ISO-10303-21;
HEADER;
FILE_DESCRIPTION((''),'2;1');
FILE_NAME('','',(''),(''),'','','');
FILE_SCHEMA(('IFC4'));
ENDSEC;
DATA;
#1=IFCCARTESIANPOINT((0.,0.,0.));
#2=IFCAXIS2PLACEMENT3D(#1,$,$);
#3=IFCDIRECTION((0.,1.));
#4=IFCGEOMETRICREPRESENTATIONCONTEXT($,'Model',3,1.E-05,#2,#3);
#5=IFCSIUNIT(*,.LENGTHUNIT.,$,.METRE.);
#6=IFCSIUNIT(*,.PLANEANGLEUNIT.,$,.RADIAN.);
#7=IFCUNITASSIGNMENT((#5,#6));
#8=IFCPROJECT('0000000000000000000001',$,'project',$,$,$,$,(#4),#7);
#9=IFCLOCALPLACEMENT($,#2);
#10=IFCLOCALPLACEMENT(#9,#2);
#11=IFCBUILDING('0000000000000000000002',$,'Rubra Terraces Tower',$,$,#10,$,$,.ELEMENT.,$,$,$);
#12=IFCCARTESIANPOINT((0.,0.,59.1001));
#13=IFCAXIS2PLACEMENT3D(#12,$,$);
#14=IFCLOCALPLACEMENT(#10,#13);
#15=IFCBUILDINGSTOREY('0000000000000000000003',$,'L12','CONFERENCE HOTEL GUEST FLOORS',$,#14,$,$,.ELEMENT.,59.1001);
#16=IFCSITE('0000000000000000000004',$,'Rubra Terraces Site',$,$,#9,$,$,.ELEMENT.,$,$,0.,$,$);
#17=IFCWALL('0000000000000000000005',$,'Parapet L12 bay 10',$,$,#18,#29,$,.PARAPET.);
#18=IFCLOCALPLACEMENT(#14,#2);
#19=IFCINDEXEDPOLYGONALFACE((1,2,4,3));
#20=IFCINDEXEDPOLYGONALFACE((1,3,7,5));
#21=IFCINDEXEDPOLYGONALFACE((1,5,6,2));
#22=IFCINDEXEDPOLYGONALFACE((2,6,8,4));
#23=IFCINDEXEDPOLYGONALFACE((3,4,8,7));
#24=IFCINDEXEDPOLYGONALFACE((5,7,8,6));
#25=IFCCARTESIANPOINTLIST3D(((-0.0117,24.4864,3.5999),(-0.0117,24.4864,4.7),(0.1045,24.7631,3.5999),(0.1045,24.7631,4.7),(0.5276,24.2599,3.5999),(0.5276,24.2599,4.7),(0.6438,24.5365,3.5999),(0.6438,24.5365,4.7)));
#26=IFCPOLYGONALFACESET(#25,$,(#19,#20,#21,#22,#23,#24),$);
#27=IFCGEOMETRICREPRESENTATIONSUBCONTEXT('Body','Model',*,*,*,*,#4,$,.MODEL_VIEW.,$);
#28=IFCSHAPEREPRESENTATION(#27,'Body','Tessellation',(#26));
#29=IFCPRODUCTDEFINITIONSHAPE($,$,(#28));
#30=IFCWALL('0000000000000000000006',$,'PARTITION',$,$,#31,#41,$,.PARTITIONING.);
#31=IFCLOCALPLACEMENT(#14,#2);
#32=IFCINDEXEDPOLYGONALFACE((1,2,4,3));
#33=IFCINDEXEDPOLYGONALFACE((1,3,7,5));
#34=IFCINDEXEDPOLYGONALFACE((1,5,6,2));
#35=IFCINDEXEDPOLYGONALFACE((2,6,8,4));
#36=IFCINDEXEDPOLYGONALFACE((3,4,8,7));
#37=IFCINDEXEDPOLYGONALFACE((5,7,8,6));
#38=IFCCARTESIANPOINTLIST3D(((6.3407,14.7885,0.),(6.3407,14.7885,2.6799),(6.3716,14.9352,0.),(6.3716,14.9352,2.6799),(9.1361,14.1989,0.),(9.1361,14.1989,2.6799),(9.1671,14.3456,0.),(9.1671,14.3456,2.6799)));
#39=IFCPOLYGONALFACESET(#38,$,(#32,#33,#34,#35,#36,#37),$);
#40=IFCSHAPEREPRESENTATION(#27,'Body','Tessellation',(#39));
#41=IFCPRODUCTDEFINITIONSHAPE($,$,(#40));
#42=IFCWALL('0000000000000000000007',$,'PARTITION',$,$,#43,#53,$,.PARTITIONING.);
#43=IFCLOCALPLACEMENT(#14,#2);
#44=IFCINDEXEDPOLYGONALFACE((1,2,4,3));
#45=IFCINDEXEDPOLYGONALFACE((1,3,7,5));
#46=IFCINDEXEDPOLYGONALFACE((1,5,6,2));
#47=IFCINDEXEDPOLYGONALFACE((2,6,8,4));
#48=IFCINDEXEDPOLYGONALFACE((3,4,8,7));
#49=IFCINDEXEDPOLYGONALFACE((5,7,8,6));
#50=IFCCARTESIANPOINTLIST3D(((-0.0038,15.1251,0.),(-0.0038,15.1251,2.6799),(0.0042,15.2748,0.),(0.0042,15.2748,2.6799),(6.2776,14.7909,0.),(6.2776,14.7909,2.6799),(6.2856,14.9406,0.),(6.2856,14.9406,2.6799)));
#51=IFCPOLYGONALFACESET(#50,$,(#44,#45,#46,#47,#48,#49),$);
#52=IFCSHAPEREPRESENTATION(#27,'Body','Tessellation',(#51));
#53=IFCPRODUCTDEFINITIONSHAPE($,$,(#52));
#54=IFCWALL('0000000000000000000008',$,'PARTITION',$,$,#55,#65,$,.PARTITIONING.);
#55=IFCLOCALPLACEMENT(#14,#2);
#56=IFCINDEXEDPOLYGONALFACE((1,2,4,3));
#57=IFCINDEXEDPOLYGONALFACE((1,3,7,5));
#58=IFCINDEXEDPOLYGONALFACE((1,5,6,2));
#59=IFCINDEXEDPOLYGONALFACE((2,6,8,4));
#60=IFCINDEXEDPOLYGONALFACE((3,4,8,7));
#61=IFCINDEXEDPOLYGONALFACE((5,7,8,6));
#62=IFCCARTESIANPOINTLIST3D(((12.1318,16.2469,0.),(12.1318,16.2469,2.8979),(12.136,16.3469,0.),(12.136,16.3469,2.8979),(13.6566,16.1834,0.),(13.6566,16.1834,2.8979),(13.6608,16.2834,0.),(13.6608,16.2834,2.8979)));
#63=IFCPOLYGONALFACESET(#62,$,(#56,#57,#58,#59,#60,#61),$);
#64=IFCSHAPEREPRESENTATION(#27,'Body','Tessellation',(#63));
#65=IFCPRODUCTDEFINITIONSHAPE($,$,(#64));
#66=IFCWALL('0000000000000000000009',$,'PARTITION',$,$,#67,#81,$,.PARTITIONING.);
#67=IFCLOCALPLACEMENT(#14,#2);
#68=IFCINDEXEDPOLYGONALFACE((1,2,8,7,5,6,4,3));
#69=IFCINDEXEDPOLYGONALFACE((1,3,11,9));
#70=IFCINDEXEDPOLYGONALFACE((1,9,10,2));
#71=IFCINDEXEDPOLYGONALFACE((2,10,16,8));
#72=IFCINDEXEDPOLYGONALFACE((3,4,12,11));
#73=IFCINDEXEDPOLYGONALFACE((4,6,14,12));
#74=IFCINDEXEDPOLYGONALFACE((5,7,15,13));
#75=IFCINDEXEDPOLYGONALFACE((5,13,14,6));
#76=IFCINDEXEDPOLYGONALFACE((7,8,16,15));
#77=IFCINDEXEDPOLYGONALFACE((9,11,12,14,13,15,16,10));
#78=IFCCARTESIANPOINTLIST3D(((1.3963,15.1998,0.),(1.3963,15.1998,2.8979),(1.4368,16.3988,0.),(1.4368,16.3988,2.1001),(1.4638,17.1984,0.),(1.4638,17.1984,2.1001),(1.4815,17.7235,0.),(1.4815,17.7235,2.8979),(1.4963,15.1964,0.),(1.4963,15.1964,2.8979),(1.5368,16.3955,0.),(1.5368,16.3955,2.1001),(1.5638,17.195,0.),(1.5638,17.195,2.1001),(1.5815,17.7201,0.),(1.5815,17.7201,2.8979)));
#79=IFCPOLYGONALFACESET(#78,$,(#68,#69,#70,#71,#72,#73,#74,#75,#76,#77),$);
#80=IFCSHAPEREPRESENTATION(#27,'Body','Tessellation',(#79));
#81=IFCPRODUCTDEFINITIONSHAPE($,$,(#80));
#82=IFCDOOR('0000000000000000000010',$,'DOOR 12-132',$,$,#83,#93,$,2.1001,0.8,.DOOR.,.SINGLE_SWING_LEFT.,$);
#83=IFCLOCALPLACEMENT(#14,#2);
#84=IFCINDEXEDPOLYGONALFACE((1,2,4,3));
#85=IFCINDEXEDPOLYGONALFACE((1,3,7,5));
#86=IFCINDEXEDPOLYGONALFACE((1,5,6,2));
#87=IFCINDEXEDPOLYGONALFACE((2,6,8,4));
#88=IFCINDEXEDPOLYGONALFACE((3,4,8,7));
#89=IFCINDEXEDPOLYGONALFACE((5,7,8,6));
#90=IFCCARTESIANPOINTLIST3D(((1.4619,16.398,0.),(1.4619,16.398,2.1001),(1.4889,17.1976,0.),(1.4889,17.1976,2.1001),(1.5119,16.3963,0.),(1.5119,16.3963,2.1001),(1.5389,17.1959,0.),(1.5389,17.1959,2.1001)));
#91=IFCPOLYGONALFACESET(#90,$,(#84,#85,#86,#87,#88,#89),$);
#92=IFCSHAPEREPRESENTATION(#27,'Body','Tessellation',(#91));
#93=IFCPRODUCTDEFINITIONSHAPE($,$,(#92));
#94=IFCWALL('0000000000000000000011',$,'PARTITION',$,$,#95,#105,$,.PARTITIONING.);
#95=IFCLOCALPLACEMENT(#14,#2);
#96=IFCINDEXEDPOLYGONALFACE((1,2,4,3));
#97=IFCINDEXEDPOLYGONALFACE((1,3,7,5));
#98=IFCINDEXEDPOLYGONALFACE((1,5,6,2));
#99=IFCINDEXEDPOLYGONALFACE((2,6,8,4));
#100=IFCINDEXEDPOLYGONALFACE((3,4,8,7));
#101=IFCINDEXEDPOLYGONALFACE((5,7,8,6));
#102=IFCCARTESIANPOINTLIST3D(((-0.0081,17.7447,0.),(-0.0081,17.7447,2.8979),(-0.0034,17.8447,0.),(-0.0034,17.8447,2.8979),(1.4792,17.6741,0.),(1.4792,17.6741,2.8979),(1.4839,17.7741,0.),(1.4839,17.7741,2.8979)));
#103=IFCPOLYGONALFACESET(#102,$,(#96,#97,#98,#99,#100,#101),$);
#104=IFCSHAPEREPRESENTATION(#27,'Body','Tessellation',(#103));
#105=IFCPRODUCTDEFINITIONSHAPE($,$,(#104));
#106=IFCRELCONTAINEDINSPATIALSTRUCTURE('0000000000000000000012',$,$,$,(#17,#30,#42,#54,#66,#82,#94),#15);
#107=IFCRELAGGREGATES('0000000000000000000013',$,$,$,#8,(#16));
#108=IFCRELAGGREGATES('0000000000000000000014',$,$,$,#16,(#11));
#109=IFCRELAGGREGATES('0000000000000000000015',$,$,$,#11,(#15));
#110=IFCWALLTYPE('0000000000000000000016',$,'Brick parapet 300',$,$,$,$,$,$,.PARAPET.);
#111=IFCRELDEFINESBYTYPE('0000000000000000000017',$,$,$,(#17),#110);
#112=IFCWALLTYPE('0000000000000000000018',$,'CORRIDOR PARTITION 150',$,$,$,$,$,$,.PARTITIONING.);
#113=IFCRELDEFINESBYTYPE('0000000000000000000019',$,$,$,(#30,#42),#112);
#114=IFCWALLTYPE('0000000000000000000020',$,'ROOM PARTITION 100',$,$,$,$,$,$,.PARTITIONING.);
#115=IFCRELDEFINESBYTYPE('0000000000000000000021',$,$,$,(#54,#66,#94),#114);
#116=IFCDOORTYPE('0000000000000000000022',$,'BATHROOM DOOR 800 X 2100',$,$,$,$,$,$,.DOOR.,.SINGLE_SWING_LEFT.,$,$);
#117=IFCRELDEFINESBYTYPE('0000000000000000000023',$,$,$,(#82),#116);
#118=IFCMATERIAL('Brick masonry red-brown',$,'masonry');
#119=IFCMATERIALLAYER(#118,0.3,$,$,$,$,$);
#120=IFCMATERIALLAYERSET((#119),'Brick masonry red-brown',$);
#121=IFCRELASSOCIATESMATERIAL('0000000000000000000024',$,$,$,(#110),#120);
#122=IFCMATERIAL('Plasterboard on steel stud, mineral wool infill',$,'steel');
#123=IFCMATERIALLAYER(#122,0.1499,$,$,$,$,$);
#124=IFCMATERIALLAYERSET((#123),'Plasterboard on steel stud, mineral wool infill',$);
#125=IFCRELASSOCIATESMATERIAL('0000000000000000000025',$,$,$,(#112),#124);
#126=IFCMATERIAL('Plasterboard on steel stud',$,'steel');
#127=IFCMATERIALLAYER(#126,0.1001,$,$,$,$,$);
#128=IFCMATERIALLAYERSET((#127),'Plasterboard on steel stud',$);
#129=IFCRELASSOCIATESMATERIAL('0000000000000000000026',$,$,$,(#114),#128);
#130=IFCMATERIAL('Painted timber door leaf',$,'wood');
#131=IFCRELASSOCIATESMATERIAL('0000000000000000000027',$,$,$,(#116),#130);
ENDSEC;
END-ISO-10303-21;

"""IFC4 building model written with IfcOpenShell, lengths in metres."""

from ifc_helpers import new_model, si_unit, direction, frame, frame_2d, origin, place, context, subcontext, project, spatial, rectangle, extrude, material, layer, layer_set, type_object, element, fill, save


model = new_model("IFC4")

# Units and contexts
model_context = context("Model", 3, precision=1e-05, world=origin(), true_north=direction((0.0, 1.0)))
body_context = subcontext(model_context, "Body", "Model", "MODEL_VIEW")
ifc_project = project(units=[si_unit("LENGTHUNIT", "METRE"), si_unit("PLANEANGLEUNIT", "RADIAN")], contexts=[model_context])

# Site, building, storey
site_placement = place(None, origin())
site = spatial("IfcSite", under=ifc_project, at=site_placement, Name="Rubra Terraces Site", CompositionType="ELEMENT", RefElevation=0.0)
building_placement = place(site_placement, origin())
building = spatial("IfcBuilding", under=site, at=building_placement, Name="Rubra Terraces Tower", CompositionType="ELEMENT")
storey_placement = place(building_placement, frame((0.0, 0.0, 59.1001)))
storey = spatial("IfcBuildingStorey", under=building, at=storey_placement, Name="L12", Description="CONFERENCE HOTEL GUEST FLOORS", CompositionType="ELEMENT", Elevation=59.1001)

# Shared definitions
ifc_material_1 = material(Name="Brick masonry red-brown", Category="masonry")

# Walls
ifc_layer_1 = layer(ifc_material_1, 0.3)
ifc_layer_set_1 = layer_set([ifc_layer_1], Name="Brick masonry red-brown")
wall_type_1 = type_object("IfcWallType", Name="Brick parapet 300", PredefinedType="PARAPET", material=ifc_layer_set_1)
wall_1_placement = place(storey_placement, frame((0.5857, 24.3982, 3.5999), z_axis=(0.0, 0.0, 1.0), x_axis=(-0.921949, 0.387311, 0.0)))
element("IfcWall", 1, at=wall_1_placement, inside=storey, type_object=wall_type_1, Name="Parapet L12 bay 10", PredefinedType="PARAPET", context=body_context, shape_type="SweptSolid", body=[
    extrude(rectangle(XDim=0.585, YDim=0.3, at=frame_2d((0.2925, 0.0))), origin(), (0.0, 0.0, 1.0), 1.1001),
])
ifc_material_2 = material(Name="Plasterboard on steel stud, mineral wool infill", Category="steel")
ifc_layer_2 = layer(ifc_material_2, 0.1499)
ifc_layer_set_2 = layer_set([ifc_layer_2], Name="Plasterboard on steel stud, mineral wool infill")
wall_type_2 = type_object("IfcWallType", Name="CORRIDOR PARTITION 150", PredefinedType="PARTITIONING", material=ifc_layer_set_2)
wall_2_placement = place(storey_placement, frame((9.1516, 14.2722, 0.0), z_axis=(0.0, 0.0, 1.0), x_axis=(-0.978473, 0.206377, 0.0)))
element("IfcWall", 2, at=wall_2_placement, inside=storey, type_object=wall_type_2, Name="PARTITION", PredefinedType="PARTITIONING", context=body_context, shape_type="SweptSolid", body=[
    extrude(rectangle(XDim=2.8569, YDim=0.1499, at=frame_2d((1.4285, 0.0))), origin(), (0.0, 0.0, 1.0), 2.6799),
])
wall_3_placement = place(storey_placement, frame((6.2815, 14.8657, 0.0), z_axis=(0.0, 0.0, 1.0), x_axis=(-0.998587, 0.053133, 0.0)))
element("IfcWall", 3, at=wall_3_placement, inside=storey, type_object=wall_type_2, Name="PARTITION", PredefinedType="PARTITIONING", context=body_context, shape_type="SweptSolid", body=[
    extrude(rectangle(XDim=6.2903, YDim=0.1499, at=frame_2d((3.145, 0.0))), origin(), (0.0, 0.0, 1.0), 2.6799),
])
ifc_material_3 = material(Name="Plasterboard on steel stud", Category="steel")
ifc_layer_3 = layer(ifc_material_3, 0.1001)
ifc_layer_set_3 = layer_set([ifc_layer_3], Name="Plasterboard on steel stud")
wall_type_3 = type_object("IfcWallType", Name="ROOM PARTITION 100", PredefinedType="PARTITIONING", material=ifc_layer_set_3)
wall_4_placement = place(storey_placement, frame((12.1338, 16.2969, 0.0), z_axis=(0.0, 0.0, 1.0), x_axis=(0.999135, -0.041591, 0.0)))
element("IfcWall", 4, at=wall_4_placement, inside=storey, type_object=wall_type_3, Name="PARTITION", PredefinedType="PARTITIONING", context=body_context, shape_type="SweptSolid", body=[
    extrude(rectangle(XDim=1.5261, YDim=0.1001, at=frame_2d((0.7632, 0.0))), origin(), (0.0, 0.0, 1.0), 2.8979),
])

# Wall, opening, door
wall_5_placement = place(storey_placement, frame((1.4463, 15.198, 0.0), z_axis=(0.0, 0.0, 1.0), x_axis=(0.033743, 0.999431, 0.0)))
wall_5 = element("IfcWall", 5, at=wall_5_placement, inside=storey, type_object=wall_type_3, Name="PARTITION", PredefinedType="PARTITIONING", context=body_context, shape_type="SweptSolid", body=[
    extrude(rectangle(XDim=2.5251, YDim=0.1001, at=frame_2d((1.2627, 0.0))), origin(), (0.0, 0.0, 1.0), 2.8979),
])
opening_1_placement = place(wall_5_placement, frame((1.2, 0.0, 0.0)))
opening_1 = element("IfcOpeningElement", 6, at=opening_1_placement, cuts=wall_5, PredefinedType="OPENING", context=body_context, shape_type="SweptSolid", body=[
    extrude(rectangle(XDim=0.8, YDim=2.1001, at=frame_2d((0.3999, 1.05))), frame((0.0, 0.0601, 0.0), z_axis=(0.0, -1.0, 0.0), x_axis=(1.0, 0.0, 0.0)), (0.0, 0.0, 1.0), 0.1201),
])
ifc_material_4 = material(Name="Painted timber door leaf", Category="wood")
door_type = type_object("IfcDoorType", Name="BATHROOM DOOR 800 X 2100", OperationType="SINGLE_SWING_LEFT", PredefinedType="DOOR", material=ifc_material_4)
door_placement = place(opening_1_placement, origin())
door = element("IfcDoor", 7, at=door_placement, inside=storey, type_object=door_type, Name="DOOR 12-132", OperationType="SINGLE_SWING_LEFT", OverallHeight=2.1001, OverallWidth=0.8, PredefinedType="DOOR", context=body_context, shape_type="SweptSolid", body=[
    extrude(rectangle(XDim=0.8, YDim=2.1001, at=frame_2d((0.3999, 1.05))), frame((0.0, 0.0249, 0.0), z_axis=(0.0, -1.0, 0.0), x_axis=(1.0, 0.0, 0.0)), (0.0, 0.0, 1.0), 0.05),
])
fill(opening_1, door)

# Wall
wall_6_placement = place(storey_placement, frame((1.4817, 17.7241, 0.0), z_axis=(0.0, 0.0, 1.0), x_axis=(-0.998877, 0.047386, 0.0)))
element("IfcWall", 8, at=wall_6_placement, inside=storey, type_object=wall_type_3, Name="PARTITION", PredefinedType="PARTITIONING", context=body_context, shape_type="SweptSolid", body=[
    extrude(rectangle(XDim=1.489, YDim=0.1001, at=frame_2d((0.7446, 0.0))), origin(), (0.0, 0.0, 1.0), 2.8979),
])

save(model, "model.ifc")
